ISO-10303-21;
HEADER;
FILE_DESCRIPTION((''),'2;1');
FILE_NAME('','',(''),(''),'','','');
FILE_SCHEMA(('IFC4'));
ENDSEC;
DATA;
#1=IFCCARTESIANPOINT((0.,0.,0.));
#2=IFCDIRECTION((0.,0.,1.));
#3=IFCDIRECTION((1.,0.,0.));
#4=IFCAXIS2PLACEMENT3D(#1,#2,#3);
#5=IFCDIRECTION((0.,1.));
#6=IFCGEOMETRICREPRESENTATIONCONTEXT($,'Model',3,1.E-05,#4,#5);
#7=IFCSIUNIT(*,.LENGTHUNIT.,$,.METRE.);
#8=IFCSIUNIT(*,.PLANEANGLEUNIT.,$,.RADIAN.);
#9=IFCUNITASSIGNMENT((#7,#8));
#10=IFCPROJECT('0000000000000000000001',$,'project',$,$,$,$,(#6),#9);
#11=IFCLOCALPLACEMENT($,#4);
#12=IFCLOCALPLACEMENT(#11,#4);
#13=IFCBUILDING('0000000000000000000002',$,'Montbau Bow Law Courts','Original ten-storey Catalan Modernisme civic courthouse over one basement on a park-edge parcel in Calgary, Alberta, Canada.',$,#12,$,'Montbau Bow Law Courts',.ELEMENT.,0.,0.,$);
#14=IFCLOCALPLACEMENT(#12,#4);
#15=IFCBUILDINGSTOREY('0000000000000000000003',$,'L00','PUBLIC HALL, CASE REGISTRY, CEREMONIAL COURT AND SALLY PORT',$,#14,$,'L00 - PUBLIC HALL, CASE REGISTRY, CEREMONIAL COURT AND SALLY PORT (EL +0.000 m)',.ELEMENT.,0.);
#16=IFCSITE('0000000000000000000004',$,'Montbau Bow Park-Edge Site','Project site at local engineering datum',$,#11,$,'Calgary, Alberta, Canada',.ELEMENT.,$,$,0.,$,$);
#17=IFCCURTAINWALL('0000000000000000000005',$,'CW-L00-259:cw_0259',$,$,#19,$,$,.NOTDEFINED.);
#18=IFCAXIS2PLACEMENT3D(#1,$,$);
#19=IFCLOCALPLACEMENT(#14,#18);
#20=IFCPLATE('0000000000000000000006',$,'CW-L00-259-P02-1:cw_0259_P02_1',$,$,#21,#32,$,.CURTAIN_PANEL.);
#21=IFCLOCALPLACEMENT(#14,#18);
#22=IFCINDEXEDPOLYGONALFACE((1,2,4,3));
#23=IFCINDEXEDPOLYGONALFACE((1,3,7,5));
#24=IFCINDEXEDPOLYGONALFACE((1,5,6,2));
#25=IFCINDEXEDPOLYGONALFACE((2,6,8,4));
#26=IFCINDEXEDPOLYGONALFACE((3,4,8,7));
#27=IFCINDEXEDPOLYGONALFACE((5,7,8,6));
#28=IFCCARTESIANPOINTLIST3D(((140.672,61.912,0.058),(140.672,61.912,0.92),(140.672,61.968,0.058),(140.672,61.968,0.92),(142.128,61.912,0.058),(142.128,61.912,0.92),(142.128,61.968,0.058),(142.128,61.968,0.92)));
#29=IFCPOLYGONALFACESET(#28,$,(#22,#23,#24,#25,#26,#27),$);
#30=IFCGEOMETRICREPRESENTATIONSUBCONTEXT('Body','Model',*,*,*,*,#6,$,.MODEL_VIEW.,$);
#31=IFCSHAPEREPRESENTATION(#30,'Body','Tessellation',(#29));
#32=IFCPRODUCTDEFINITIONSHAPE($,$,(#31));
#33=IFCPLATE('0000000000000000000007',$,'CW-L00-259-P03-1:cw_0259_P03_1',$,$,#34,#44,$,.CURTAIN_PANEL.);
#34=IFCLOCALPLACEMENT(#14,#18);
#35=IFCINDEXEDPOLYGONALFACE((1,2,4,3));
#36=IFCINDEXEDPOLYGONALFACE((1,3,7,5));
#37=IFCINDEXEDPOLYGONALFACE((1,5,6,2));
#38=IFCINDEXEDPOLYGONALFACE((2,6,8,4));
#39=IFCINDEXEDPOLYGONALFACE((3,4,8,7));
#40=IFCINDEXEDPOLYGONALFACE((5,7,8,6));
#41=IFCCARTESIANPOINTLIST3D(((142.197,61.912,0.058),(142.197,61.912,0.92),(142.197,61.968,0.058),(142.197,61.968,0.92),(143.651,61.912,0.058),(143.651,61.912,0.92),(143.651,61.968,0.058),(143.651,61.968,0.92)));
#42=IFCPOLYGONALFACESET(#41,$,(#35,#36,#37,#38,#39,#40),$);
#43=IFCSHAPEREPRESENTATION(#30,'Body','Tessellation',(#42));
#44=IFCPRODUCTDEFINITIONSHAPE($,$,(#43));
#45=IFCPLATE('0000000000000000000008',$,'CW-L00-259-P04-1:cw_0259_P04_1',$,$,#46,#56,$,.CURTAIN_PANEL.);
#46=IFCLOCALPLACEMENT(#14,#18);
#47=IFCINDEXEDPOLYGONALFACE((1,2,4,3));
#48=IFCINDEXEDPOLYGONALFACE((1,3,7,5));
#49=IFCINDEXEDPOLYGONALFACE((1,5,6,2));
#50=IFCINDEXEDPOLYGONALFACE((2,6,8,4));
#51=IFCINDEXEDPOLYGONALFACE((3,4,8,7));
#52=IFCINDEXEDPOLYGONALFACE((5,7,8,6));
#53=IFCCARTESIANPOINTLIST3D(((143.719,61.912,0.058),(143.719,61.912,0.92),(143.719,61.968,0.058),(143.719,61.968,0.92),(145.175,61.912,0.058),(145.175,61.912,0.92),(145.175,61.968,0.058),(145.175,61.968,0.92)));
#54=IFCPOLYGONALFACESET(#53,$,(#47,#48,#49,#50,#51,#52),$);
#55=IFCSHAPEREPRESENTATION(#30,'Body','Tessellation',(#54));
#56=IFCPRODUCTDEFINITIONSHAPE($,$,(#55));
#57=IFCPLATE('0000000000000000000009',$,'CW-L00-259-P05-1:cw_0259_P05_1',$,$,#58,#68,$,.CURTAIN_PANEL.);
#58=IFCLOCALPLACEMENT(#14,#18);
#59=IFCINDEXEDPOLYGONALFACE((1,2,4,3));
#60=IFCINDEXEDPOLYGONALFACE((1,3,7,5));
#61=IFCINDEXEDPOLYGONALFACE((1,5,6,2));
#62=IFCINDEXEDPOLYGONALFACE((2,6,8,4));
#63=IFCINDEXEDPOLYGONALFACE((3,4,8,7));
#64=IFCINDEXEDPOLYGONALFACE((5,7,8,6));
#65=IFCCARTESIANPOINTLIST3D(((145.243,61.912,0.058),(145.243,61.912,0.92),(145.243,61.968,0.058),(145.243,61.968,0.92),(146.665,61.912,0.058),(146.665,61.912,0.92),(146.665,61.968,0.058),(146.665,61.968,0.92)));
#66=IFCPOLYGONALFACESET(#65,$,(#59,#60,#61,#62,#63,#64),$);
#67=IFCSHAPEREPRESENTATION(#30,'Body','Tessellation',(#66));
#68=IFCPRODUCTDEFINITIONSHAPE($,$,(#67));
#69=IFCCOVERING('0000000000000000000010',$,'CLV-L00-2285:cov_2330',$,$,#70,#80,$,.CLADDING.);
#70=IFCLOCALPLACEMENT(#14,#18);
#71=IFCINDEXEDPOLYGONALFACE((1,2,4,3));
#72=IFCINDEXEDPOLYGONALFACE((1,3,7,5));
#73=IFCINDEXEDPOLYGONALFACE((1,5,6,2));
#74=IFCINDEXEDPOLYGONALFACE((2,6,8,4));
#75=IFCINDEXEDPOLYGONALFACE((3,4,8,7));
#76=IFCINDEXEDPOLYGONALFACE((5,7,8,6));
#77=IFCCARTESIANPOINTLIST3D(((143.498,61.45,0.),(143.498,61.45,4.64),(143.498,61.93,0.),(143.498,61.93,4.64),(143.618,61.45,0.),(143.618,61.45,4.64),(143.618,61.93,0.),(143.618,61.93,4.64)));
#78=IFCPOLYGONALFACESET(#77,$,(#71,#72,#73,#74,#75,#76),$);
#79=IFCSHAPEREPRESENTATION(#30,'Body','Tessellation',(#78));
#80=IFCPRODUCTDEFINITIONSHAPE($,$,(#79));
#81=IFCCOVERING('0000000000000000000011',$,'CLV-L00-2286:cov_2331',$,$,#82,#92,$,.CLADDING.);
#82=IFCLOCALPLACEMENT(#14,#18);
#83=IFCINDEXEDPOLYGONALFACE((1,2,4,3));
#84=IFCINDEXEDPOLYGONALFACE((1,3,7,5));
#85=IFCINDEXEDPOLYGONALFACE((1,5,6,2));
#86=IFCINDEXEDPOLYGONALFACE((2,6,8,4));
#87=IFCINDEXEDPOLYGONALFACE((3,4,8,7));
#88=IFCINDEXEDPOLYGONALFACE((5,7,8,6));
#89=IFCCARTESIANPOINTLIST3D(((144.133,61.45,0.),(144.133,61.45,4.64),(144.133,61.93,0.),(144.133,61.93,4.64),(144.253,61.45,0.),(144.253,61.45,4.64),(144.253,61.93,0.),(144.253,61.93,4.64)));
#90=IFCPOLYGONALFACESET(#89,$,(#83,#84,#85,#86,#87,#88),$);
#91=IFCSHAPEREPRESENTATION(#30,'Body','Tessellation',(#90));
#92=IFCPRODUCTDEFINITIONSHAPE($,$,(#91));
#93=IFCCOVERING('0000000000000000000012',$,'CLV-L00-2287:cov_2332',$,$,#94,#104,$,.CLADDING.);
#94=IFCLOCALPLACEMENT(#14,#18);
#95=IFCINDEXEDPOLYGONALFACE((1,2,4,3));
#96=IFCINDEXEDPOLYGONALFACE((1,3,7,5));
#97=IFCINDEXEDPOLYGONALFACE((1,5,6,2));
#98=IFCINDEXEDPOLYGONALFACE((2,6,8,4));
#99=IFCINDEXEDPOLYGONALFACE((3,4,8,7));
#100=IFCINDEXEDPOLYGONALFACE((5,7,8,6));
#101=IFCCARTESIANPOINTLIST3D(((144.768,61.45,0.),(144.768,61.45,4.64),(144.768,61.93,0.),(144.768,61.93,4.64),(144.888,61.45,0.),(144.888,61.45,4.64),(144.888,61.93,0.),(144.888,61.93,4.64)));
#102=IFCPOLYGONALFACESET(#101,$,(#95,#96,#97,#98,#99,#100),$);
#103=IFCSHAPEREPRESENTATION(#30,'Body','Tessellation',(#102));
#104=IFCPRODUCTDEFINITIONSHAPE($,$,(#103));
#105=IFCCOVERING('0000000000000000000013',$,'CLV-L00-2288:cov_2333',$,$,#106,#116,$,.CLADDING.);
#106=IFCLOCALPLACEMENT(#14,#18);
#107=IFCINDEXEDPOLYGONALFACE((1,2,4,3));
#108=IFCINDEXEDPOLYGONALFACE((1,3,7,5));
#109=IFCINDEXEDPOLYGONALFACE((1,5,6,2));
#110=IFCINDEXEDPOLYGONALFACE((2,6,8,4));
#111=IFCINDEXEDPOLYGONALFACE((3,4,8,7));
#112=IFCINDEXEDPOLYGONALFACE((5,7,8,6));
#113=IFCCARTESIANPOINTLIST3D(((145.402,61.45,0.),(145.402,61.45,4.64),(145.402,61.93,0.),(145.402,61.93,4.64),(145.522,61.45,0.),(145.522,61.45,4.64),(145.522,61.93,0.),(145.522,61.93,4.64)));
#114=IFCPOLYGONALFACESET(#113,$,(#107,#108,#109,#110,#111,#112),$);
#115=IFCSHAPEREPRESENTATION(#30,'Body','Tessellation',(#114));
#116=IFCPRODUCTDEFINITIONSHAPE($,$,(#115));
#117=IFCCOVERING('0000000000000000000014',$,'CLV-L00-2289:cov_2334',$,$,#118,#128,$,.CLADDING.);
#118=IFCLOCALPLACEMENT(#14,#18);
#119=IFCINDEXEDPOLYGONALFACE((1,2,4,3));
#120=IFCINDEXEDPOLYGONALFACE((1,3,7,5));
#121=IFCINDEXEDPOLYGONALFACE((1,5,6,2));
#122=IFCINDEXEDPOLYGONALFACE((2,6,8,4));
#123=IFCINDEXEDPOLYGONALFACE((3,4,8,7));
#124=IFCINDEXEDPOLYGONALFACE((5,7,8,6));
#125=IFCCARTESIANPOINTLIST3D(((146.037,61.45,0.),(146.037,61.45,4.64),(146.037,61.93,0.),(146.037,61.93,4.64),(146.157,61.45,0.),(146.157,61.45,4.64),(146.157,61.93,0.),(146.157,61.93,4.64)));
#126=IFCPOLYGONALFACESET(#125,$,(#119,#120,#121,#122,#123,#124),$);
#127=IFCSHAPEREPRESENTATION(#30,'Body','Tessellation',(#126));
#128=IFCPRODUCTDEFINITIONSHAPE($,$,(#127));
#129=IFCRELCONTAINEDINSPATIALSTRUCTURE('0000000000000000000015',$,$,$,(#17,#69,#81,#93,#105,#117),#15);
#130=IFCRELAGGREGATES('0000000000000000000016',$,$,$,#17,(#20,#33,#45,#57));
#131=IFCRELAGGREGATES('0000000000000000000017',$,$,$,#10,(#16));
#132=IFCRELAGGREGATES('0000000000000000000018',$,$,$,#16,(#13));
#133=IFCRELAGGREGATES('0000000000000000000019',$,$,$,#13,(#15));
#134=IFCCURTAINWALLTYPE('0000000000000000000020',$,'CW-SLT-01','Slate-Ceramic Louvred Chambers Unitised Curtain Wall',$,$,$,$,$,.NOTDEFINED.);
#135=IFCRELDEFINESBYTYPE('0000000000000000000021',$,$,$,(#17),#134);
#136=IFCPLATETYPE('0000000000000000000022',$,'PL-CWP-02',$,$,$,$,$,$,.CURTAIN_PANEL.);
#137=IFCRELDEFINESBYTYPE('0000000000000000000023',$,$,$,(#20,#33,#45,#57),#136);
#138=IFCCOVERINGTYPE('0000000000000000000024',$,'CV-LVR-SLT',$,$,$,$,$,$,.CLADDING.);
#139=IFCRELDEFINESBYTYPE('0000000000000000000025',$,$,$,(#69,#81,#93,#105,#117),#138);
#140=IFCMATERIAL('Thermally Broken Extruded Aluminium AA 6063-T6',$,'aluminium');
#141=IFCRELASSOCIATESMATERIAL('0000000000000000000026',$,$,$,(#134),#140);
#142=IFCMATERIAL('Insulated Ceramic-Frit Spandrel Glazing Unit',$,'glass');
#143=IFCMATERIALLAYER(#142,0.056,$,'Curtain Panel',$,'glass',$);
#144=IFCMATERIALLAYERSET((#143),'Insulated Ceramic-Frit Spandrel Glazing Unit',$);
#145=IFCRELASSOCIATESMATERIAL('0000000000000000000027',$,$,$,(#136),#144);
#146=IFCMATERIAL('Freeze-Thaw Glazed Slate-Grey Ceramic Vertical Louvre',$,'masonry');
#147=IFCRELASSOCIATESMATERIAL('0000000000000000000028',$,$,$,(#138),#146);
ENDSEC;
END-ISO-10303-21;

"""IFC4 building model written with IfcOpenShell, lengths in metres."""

from ifc_helpers import new_model, si_unit, direction, frame, frame_2d, origin_with_axes, place, context, subcontext, project, spatial, rectangle, extrude, material, layer, layer_set, type_object, element, aggregate, save


model = new_model("IFC4")

# Units and contexts
model_context = context("Model", 3, precision=1e-05, world=origin_with_axes(), true_north=direction((0.0, 1.0)))
body_context = subcontext(model_context, "Body", "Model", "MODEL_VIEW")
ifc_project = project(units=[si_unit("LENGTHUNIT", "METRE"), si_unit("PLANEANGLEUNIT", "RADIAN")], contexts=[model_context])

# Site, building, storey
site_placement = place(None, origin_with_axes())
site = spatial("IfcSite", under=ifc_project, at=site_placement, Name="Montbau Bow Park-Edge Site", Description="Project site at local engineering datum", LongName="Calgary, Alberta, Canada", CompositionType="ELEMENT", RefElevation=0.0)
building_placement = place(site_placement, origin_with_axes())
building = spatial("IfcBuilding", under=site, at=building_placement, Name="Montbau Bow Law Courts", Description="Original ten-storey Catalan Modernisme civic courthouse over one basement on a park-edge parcel in Calgary, Alberta, Canada.", LongName="Montbau Bow Law Courts", CompositionType="ELEMENT", ElevationOfRefHeight=0.0, ElevationOfTerrain=0.0)
storey_placement = place(building_placement, origin_with_axes())
storey = spatial("IfcBuildingStorey", under=building, at=storey_placement, Name="L00", Description="PUBLIC HALL, CASE REGISTRY, CEREMONIAL COURT AND SALLY PORT", LongName="L00 - PUBLIC HALL, CASE REGISTRY, CEREMONIAL COURT AND SALLY PORT (EL +0.000 m)", CompositionType="ELEMENT", Elevation=0.0)

# Curtain wall, plates
ifc_material_1 = material(Name="Thermally Broken Extruded Aluminium AA 6063-T6", Category="aluminium")
curtain_wall_type = type_object("IfcCurtainWallType", Name="CW-SLT-01", Description="Slate-Ceramic Louvred Chambers Unitised Curtain Wall", PredefinedType="NOTDEFINED", material=ifc_material_1)
curtain_wall_placement = place(None, frame((139.115, 61.94, 0.0), z_axis=(0.0, 0.0, 1.0), x_axis=(1.0, 0.0, 0.0)))
curtain_wall = element("IfcCurtainWall", 1, at=curtain_wall_placement, inside=storey, type_object=curtain_wall_type, Name="CW-L00-259:cw_0259", PredefinedType="NOTDEFINED")
ifc_material_2 = material(Name="Insulated Ceramic-Frit Spandrel Glazing Unit", Category="glass")
ifc_layer_1 = layer(ifc_material_2, 0.056, Name="Curtain Panel", Category="glass")
ifc_layer_set_1 = layer_set([ifc_layer_1], Name="Insulated Ceramic-Frit Spandrel Glazing Unit")
plate_type_1 = type_object("IfcPlateType", Name="PL-CWP-02", PredefinedType="CURTAIN_PANEL", material=ifc_layer_set_1)
plate_1_placement = place(None, frame((140.672, 61.94, 0.058), z_axis=(0.0, -1.0, 0.0), x_axis=(1.0, 0.0, 0.0)))
plate_1 = element("IfcPlate", 2, at=plate_1_placement, type_object=plate_type_1, Name="CW-L00-259-P02-1:cw_0259_P02_1", PredefinedType="CURTAIN_PANEL", context=body_context, shape_type="SweptSolid", body=[
    extrude(rectangle(XDim=1.456, YDim=0.862, at=frame_2d((0.728, 0.431), x_axis=(1.0, 0.0))), frame((0.0, 0.0, -0.028), z_axis=(0.0, 0.0, 1.0), x_axis=(1.0, 0.0, 0.0)), (0.0, 0.0, 1.0), 0.056),
])
plate_2_placement = place(None, frame((142.197, 61.94, 0.058), z_axis=(0.0, -1.0, 0.0), x_axis=(1.0, 0.0, 0.0)))
plate_2 = element("IfcPlate", 3, at=plate_2_placement, type_object=plate_type_1, Name="CW-L00-259-P03-1:cw_0259_P03_1", PredefinedType="CURTAIN_PANEL", context=body_context, shape_type="SweptSolid", body=[
    extrude(rectangle(XDim=1.454, YDim=0.862, at=frame_2d((0.727, 0.431), x_axis=(1.0, 0.0))), frame((0.0, 0.0, -0.028), z_axis=(0.0, 0.0, 1.0), x_axis=(1.0, 0.0, 0.0)), (0.0, 0.0, 1.0), 0.056),
])
plate_3_placement = place(None, frame((143.719, 61.94, 0.058), z_axis=(0.0, -1.0, 0.0), x_axis=(1.0, 0.0, 0.0)))
plate_3 = element("IfcPlate", 4, at=plate_3_placement, type_object=plate_type_1, Name="CW-L00-259-P04-1:cw_0259_P04_1", PredefinedType="CURTAIN_PANEL", context=body_context, shape_type="SweptSolid", body=[
    extrude(rectangle(XDim=1.456, YDim=0.862, at=frame_2d((0.728, 0.431), x_axis=(1.0, 0.0))), frame((0.0, 0.0, -0.028), z_axis=(0.0, 0.0, 1.0), x_axis=(1.0, 0.0, 0.0)), (0.0, 0.0, 1.0), 0.056),
])
plate_4_placement = place(None, frame((145.243, 61.94, 0.058), z_axis=(0.0, -1.0, 0.0), x_axis=(1.0, 0.0, 0.0)))
plate_4 = element("IfcPlate", 5, at=plate_4_placement, type_object=plate_type_1, Name="CW-L00-259-P05-1:cw_0259_P05_1", PredefinedType="CURTAIN_PANEL", context=body_context, shape_type="SweptSolid", body=[
    extrude(rectangle(XDim=1.422, YDim=0.862, at=frame_2d((0.711, 0.431), x_axis=(1.0, 0.0))), frame((0.0, 0.0, -0.028), z_axis=(0.0, 0.0, 1.0), x_axis=(1.0, 0.0, 0.0)), (0.0, 0.0, 1.0), 0.056),
])
aggregate(curtain_wall, [plate_1, plate_2, plate_3, plate_4])

# Coverings
ifc_material_3 = material(Name="Freeze-Thaw Glazed Slate-Grey Ceramic Vertical Louvre", Category="masonry")
covering_type = type_object("IfcCoveringType", Name="CV-LVR-SLT", PredefinedType="CLADDING", material=ifc_material_3)
for number, where, z_axis, x_axis, name in (
    (6, (143.558, 61.93, 0.0), (-1.0, 0.0, 0.0), (0.0, -1.0, 0.0), "CLV-L00-2285:cov_2330"),
    (7, (144.193, 61.93, 0.0), (-1.0, 0.0, 0.0), (0.0, -1.0, 0.0), "CLV-L00-2286:cov_2331"),
    (8, (144.828, 61.93, 0.0), (-1.0, 0.0, 0.0), (0.0, -1.0, 0.0), "CLV-L00-2287:cov_2332"),
    (9, (145.462, 61.93, 0.0), (-1.0, 0.0, 0.0), (0.0, -1.0, 0.0), "CLV-L00-2288:cov_2333"),
    (10, (146.097, 61.93, 0.0), (-1.0, 0.0, 0.0), (0.0, -1.0, 0.0), "CLV-L00-2289:cov_2334"),
):
    element("IfcCovering", number, at=place(None, frame(where, z_axis=z_axis, x_axis=x_axis)), inside=storey, type_object=covering_type, Name=name, PredefinedType="CLADDING", context=body_context, shape_type="SweptSolid", body=[
        extrude(rectangle(XDim=0.48, YDim=4.64, at=frame_2d((0.24, 2.32), x_axis=(1.0, 0.0))), frame((0.0, 0.0, -0.06), z_axis=(0.0, 0.0, 1.0), x_axis=(1.0, 0.0, 0.0)), (0.0, 0.0, 1.0), 0.12),
    ])

save(model, "model.ifc")
